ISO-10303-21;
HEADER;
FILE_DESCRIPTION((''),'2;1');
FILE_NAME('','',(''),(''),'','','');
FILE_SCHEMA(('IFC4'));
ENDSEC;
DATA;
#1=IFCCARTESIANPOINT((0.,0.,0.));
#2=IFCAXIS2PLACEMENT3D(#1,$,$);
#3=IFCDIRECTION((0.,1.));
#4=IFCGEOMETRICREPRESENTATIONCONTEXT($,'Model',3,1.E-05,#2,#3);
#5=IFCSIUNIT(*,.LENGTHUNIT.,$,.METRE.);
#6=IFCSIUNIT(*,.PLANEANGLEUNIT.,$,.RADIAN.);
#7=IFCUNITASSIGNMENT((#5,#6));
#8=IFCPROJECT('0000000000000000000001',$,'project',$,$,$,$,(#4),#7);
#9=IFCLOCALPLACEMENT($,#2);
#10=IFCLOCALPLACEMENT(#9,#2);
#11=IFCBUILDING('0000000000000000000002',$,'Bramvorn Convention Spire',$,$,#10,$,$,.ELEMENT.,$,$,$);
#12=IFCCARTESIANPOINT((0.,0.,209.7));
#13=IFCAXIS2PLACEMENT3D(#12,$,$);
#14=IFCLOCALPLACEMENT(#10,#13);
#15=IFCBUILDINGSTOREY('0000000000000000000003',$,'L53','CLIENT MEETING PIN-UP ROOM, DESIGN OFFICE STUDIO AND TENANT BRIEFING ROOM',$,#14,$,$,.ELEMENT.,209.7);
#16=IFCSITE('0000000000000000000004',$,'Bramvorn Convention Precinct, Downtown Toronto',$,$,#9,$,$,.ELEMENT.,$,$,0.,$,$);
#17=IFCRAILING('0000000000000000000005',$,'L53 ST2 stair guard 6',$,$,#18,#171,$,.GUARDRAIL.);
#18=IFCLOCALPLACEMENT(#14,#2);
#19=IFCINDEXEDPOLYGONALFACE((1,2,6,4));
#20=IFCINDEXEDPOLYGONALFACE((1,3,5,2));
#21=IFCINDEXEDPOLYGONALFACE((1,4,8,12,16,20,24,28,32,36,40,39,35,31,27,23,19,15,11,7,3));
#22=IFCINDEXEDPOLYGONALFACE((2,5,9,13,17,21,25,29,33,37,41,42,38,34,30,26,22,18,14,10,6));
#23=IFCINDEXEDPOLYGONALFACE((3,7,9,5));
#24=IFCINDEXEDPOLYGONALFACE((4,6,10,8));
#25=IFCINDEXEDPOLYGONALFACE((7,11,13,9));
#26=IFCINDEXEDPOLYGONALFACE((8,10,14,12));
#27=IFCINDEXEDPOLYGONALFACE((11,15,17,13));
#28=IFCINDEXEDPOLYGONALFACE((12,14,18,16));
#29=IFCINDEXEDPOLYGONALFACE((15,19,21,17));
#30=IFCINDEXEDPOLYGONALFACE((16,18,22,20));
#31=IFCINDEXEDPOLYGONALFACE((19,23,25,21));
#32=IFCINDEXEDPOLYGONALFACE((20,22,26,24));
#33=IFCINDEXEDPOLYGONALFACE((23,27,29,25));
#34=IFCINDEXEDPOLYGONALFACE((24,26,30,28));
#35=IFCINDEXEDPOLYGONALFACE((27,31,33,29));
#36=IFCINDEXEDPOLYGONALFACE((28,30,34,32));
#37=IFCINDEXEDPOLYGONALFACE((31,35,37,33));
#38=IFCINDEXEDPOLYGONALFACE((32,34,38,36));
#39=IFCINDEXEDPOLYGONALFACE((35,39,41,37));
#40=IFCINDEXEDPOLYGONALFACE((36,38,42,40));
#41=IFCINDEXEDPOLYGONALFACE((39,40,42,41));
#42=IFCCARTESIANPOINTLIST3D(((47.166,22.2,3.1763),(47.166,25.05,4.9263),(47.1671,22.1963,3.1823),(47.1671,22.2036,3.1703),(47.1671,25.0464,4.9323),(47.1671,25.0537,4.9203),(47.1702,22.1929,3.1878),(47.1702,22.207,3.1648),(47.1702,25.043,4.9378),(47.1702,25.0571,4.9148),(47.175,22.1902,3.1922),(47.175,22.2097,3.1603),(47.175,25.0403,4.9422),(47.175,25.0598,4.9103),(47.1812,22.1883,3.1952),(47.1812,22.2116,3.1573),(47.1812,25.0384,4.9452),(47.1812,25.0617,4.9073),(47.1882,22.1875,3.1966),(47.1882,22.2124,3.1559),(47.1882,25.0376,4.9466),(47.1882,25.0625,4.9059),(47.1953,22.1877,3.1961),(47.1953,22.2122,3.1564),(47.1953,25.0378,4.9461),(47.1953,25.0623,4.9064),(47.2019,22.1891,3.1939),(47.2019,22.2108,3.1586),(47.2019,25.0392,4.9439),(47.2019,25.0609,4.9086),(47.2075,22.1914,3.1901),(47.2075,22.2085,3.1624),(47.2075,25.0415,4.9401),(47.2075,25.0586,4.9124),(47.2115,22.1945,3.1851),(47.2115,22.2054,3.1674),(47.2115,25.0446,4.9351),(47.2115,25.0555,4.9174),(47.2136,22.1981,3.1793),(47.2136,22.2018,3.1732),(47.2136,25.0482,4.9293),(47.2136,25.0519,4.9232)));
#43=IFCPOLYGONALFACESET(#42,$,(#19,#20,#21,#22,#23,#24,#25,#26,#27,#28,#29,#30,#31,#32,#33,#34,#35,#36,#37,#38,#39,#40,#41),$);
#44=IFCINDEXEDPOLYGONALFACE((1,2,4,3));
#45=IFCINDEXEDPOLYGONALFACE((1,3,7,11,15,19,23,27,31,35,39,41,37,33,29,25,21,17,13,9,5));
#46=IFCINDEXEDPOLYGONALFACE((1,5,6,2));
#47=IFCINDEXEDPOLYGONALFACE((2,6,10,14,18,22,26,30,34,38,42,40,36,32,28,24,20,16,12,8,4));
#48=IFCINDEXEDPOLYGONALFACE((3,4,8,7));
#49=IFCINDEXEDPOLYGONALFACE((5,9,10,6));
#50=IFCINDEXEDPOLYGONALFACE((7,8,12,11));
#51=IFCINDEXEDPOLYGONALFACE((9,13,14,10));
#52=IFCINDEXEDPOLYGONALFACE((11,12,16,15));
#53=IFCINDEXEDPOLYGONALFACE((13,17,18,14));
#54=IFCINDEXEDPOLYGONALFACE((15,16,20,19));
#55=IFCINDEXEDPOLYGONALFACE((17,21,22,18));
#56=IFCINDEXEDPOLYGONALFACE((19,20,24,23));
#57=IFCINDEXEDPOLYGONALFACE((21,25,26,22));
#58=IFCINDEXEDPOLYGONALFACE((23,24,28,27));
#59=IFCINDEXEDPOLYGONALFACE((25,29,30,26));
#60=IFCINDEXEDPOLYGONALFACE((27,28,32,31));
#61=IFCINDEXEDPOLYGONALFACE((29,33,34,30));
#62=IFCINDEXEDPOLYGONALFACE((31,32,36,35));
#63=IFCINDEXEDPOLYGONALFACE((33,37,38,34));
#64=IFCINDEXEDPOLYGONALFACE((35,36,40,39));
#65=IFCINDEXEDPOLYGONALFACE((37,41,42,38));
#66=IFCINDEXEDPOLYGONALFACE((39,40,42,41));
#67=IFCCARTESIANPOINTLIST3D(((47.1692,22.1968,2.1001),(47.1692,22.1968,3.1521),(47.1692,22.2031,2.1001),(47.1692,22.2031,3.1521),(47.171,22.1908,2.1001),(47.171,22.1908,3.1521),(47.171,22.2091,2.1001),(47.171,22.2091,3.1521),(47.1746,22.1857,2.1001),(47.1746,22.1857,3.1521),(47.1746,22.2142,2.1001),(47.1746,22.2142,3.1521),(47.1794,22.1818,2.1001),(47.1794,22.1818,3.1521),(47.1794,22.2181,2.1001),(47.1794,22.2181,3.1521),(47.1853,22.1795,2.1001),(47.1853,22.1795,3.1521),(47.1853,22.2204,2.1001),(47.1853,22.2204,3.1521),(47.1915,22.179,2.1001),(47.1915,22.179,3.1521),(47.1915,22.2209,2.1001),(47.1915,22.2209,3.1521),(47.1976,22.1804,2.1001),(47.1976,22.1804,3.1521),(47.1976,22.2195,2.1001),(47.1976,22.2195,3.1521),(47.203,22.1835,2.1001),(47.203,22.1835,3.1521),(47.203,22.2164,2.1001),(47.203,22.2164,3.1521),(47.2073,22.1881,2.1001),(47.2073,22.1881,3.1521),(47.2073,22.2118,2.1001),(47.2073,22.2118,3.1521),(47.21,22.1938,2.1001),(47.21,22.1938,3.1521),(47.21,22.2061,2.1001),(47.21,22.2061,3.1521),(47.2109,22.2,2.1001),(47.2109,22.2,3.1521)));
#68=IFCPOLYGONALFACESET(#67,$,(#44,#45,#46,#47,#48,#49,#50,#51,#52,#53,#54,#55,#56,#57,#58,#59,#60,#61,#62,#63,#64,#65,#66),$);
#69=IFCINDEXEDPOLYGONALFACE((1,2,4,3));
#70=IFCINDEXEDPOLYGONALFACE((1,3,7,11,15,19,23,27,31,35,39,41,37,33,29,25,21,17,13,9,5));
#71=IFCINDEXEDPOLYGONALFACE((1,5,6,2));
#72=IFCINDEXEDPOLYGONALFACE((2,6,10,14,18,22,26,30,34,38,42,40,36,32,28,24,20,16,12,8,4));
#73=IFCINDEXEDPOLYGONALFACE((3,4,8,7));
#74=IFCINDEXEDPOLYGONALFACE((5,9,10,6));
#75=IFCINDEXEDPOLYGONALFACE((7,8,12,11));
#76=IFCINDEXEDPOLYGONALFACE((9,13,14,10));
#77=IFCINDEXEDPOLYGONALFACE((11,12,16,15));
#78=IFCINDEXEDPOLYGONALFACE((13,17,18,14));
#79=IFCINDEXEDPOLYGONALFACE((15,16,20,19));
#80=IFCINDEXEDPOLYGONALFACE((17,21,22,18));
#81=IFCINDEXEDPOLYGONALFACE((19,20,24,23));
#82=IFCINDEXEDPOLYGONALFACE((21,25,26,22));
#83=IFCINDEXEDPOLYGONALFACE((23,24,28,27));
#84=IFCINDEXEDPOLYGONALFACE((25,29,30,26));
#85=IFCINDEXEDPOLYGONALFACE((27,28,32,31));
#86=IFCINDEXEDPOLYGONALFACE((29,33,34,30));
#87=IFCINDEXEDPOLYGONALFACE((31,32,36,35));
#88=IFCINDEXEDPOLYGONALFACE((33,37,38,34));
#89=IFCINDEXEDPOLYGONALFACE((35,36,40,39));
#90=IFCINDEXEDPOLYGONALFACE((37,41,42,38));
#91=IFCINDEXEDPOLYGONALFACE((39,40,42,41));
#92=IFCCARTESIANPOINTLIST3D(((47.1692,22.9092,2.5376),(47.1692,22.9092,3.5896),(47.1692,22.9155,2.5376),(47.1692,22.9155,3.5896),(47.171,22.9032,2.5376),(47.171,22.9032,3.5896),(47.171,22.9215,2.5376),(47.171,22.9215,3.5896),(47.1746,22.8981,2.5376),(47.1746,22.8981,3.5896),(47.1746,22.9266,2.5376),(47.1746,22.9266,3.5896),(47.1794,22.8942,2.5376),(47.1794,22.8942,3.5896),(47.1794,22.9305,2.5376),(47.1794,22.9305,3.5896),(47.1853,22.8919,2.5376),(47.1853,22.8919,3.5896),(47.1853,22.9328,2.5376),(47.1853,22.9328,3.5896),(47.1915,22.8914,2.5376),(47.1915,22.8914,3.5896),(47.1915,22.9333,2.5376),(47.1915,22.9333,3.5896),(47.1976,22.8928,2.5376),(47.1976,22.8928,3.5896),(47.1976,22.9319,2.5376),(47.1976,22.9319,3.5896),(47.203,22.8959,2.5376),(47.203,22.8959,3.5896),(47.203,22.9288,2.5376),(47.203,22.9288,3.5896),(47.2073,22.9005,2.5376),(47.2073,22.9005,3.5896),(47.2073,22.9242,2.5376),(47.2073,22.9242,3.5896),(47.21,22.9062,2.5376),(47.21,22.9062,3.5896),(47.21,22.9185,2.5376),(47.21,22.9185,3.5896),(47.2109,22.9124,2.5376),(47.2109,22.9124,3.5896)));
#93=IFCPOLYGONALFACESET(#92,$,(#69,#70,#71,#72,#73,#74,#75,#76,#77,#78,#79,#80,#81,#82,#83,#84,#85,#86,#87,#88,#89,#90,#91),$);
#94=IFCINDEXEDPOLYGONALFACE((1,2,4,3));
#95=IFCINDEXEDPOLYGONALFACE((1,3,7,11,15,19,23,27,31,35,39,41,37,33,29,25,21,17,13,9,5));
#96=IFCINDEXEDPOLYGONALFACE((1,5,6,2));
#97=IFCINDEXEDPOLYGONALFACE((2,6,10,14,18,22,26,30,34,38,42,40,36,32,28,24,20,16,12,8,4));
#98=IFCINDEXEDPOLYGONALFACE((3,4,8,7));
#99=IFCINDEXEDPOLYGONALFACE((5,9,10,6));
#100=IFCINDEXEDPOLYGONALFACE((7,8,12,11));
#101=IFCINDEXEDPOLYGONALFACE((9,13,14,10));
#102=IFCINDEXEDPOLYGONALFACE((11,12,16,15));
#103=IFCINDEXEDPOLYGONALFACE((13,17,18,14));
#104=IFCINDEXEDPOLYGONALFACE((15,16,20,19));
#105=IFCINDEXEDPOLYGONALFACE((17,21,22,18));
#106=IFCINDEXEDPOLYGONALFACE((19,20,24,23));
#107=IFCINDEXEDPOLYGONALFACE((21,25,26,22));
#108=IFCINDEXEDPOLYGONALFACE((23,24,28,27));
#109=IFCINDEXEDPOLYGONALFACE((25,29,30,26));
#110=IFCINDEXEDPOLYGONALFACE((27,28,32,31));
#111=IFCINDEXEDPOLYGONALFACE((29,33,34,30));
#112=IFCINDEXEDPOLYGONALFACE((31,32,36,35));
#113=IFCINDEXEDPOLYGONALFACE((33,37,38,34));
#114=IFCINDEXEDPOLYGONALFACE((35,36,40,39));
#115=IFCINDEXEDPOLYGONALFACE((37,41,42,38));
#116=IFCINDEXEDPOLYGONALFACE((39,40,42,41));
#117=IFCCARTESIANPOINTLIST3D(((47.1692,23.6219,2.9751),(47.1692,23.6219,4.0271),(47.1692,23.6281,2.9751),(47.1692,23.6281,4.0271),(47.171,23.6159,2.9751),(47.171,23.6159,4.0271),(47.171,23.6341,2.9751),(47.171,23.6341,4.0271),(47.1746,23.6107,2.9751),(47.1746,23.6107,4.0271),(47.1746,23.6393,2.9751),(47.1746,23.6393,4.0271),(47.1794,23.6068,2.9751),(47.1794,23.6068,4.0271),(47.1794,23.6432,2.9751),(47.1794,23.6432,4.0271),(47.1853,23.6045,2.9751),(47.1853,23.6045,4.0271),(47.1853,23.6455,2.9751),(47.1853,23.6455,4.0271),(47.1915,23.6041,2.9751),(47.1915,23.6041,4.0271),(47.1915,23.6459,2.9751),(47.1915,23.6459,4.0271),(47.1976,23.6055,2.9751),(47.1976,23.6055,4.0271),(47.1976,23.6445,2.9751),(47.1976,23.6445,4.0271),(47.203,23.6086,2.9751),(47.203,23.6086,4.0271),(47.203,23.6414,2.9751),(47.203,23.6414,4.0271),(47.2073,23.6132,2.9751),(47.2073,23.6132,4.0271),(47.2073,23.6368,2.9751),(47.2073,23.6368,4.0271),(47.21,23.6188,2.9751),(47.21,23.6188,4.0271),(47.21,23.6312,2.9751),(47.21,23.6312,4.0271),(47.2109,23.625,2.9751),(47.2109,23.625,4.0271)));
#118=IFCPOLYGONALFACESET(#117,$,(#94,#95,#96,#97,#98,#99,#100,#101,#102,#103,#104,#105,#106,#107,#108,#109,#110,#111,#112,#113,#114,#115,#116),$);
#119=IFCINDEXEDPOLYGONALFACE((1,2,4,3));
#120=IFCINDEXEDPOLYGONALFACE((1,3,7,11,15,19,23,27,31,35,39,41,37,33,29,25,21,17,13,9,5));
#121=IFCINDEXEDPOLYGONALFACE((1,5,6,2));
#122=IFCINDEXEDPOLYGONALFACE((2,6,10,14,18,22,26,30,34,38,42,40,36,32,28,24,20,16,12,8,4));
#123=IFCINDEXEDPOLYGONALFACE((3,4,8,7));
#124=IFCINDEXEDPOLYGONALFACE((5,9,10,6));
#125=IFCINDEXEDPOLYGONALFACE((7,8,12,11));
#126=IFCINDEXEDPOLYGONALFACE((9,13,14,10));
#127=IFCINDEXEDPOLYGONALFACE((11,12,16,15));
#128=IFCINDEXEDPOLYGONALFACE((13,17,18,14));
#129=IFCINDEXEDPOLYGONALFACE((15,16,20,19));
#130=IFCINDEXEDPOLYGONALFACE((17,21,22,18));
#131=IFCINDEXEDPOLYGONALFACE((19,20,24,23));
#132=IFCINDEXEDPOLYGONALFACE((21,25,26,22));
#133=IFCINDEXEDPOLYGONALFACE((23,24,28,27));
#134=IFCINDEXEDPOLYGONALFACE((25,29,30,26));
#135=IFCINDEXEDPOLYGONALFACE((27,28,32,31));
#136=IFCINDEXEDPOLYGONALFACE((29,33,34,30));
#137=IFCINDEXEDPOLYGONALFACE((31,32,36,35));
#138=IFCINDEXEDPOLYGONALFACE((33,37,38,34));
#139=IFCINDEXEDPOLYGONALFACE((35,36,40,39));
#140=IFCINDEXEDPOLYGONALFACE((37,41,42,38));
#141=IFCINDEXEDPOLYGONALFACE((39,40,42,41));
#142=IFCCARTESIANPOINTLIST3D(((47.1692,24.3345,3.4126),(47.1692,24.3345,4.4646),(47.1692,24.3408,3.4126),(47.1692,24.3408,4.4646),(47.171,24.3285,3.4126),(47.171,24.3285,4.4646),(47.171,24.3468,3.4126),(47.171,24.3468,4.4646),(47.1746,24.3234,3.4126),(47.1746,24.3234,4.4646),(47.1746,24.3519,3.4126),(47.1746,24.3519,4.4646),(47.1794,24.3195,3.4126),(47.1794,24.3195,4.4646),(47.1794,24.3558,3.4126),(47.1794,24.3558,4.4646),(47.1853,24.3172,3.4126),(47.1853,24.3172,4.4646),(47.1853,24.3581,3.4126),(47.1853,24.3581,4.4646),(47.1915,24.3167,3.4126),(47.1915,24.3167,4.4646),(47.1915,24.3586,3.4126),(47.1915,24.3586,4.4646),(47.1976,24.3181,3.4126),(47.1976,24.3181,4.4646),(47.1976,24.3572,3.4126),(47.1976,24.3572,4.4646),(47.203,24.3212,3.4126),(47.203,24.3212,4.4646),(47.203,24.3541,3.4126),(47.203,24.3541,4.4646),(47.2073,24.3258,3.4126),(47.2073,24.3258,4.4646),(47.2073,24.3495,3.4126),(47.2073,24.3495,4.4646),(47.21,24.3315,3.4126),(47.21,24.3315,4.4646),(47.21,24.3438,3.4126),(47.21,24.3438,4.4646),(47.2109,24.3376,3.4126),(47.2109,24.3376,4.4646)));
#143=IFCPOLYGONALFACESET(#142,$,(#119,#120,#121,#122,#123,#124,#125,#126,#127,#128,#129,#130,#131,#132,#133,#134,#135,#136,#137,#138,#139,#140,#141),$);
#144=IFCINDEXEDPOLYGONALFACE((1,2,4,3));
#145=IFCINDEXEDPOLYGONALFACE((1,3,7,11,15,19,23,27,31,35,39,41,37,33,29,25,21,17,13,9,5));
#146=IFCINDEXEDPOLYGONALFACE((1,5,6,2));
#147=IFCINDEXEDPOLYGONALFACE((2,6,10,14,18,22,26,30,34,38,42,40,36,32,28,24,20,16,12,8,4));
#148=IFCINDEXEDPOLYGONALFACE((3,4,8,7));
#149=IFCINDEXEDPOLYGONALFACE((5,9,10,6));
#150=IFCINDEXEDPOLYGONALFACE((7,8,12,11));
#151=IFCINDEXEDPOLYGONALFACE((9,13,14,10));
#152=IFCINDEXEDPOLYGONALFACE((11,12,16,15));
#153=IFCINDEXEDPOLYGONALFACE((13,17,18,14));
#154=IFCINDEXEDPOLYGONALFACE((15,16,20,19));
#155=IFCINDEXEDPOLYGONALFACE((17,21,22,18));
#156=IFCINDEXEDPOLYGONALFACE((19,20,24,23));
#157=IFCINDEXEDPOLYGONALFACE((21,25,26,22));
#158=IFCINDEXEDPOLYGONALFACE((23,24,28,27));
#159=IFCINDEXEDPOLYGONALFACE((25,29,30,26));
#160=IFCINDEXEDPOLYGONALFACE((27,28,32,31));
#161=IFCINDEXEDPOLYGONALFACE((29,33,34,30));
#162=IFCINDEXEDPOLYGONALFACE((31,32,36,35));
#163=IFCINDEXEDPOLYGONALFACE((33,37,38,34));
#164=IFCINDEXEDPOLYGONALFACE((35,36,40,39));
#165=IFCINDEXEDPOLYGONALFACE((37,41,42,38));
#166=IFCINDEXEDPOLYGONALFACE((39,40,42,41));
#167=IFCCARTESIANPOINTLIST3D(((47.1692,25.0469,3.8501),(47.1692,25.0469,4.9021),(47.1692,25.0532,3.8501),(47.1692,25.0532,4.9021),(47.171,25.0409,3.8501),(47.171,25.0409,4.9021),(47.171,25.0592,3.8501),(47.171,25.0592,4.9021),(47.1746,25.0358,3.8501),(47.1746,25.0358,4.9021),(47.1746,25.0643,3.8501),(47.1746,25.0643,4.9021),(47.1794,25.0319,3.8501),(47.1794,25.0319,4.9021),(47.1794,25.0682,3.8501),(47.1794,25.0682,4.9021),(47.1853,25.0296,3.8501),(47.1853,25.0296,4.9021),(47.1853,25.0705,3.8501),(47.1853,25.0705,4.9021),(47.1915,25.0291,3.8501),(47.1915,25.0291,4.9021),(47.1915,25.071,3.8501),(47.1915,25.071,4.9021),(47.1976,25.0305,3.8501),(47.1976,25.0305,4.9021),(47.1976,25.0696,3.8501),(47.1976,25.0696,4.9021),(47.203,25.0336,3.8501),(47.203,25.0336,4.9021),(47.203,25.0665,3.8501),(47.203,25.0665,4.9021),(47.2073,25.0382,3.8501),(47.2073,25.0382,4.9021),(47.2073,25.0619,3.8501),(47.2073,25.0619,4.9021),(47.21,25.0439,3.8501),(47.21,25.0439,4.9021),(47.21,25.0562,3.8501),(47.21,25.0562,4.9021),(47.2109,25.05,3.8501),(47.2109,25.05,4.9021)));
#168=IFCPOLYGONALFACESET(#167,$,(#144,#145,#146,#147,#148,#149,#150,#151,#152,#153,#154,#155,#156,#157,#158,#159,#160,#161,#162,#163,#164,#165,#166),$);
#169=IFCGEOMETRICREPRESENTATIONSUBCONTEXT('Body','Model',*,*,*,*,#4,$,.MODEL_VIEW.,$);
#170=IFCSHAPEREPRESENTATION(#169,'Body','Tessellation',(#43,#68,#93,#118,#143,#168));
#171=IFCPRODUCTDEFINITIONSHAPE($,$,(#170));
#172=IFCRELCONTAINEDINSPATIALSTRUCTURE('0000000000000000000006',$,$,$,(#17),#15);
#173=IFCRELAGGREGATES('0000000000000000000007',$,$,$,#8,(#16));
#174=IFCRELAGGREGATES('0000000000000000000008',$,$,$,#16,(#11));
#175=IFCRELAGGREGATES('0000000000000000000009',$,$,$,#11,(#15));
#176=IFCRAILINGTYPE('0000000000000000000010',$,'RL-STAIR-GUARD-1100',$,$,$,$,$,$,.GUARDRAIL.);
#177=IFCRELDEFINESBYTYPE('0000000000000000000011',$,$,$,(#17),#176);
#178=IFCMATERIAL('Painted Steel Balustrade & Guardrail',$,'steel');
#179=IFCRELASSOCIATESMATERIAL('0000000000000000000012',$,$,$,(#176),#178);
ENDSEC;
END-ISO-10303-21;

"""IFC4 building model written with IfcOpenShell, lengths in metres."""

from ifc_helpers import new_model, si_unit, direction, frame, origin, origin_2d, place, context, subcontext, project, spatial, circle, extrude, material, type_object, element, save


model = new_model("IFC4")

# Units and contexts
model_context = context("Model", 3, precision=1e-05, world=origin(), true_north=direction((0.0, 1.0)))
body_context = subcontext(model_context, "Body", "Model", "MODEL_VIEW")
ifc_project = project(units=[si_unit("LENGTHUNIT", "METRE"), si_unit("PLANEANGLEUNIT", "RADIAN")], contexts=[model_context])

# Site, building, storey
site_placement = place(None, origin())
site = spatial("IfcSite", under=ifc_project, at=site_placement, Name="Bramvorn Convention Precinct, Downtown Toronto", CompositionType="ELEMENT", RefElevation=0.0)
building_placement = place(site_placement, origin())
building = spatial("IfcBuilding", under=site, at=building_placement, Name="Bramvorn Convention Spire", CompositionType="ELEMENT")
storey_placement = place(building_placement, frame((0.0, 0.0, 209.7)))
storey = spatial("IfcBuildingStorey", under=building, at=storey_placement, Name="L53", Description="CLIENT MEETING PIN-UP ROOM, DESIGN OFFICE STUDIO AND TENANT BRIEFING ROOM", CompositionType="ELEMENT", Elevation=209.7)

# Railing
ifc_material_1 = material(Name="Painted Steel Balustrade & Guardrail", Category="steel")
railing_type_1 = type_object("IfcRailingType", Name="RL-STAIR-GUARD-1100", PredefinedType="GUARDRAIL", material=ifc_material_1)
railing_1_placement = place(storey_placement, frame((47.1899, 22.2, 2.1001)))
element("IfcRailing", 1, at=railing_1_placement, inside=storey, type_object=railing_type_1, Name="L53 ST2 stair guard 6", PredefinedType="GUARDRAIL", context=body_context, shape_type="SweptSolid", body=[
    extrude(circle(Radius=0.0239, at=origin_2d()), frame((0.0, 0.0, 1.0762), z_axis=(0.0, 0.852179, 0.52325), x_axis=(-1.0, 0.0, 0.0)), (0.0, 0.0, 1.0), 3.3445),
    extrude(circle(Radius=0.021, at=origin_2d()), origin(), (0.0, 0.0, 1.0), 1.052),
    extrude(circle(Radius=0.021, at=origin_2d()), frame((0.0, 0.7124, 0.4375)), (0.0, 0.0, 1.0), 1.052),
    extrude(circle(Radius=0.021, at=origin_2d()), frame((0.0, 1.425, 0.875)), (0.0, 0.0, 1.0), 1.052),
    extrude(circle(Radius=0.021, at=origin_2d()), frame((0.0, 2.1377, 1.3125)), (0.0, 0.0, 1.0), 1.052),
    extrude(circle(Radius=0.021, at=origin_2d()), frame((0.0, 2.8501, 1.75)), (0.0, 0.0, 1.0), 1.052),
])

save(model, "model.ifc")
